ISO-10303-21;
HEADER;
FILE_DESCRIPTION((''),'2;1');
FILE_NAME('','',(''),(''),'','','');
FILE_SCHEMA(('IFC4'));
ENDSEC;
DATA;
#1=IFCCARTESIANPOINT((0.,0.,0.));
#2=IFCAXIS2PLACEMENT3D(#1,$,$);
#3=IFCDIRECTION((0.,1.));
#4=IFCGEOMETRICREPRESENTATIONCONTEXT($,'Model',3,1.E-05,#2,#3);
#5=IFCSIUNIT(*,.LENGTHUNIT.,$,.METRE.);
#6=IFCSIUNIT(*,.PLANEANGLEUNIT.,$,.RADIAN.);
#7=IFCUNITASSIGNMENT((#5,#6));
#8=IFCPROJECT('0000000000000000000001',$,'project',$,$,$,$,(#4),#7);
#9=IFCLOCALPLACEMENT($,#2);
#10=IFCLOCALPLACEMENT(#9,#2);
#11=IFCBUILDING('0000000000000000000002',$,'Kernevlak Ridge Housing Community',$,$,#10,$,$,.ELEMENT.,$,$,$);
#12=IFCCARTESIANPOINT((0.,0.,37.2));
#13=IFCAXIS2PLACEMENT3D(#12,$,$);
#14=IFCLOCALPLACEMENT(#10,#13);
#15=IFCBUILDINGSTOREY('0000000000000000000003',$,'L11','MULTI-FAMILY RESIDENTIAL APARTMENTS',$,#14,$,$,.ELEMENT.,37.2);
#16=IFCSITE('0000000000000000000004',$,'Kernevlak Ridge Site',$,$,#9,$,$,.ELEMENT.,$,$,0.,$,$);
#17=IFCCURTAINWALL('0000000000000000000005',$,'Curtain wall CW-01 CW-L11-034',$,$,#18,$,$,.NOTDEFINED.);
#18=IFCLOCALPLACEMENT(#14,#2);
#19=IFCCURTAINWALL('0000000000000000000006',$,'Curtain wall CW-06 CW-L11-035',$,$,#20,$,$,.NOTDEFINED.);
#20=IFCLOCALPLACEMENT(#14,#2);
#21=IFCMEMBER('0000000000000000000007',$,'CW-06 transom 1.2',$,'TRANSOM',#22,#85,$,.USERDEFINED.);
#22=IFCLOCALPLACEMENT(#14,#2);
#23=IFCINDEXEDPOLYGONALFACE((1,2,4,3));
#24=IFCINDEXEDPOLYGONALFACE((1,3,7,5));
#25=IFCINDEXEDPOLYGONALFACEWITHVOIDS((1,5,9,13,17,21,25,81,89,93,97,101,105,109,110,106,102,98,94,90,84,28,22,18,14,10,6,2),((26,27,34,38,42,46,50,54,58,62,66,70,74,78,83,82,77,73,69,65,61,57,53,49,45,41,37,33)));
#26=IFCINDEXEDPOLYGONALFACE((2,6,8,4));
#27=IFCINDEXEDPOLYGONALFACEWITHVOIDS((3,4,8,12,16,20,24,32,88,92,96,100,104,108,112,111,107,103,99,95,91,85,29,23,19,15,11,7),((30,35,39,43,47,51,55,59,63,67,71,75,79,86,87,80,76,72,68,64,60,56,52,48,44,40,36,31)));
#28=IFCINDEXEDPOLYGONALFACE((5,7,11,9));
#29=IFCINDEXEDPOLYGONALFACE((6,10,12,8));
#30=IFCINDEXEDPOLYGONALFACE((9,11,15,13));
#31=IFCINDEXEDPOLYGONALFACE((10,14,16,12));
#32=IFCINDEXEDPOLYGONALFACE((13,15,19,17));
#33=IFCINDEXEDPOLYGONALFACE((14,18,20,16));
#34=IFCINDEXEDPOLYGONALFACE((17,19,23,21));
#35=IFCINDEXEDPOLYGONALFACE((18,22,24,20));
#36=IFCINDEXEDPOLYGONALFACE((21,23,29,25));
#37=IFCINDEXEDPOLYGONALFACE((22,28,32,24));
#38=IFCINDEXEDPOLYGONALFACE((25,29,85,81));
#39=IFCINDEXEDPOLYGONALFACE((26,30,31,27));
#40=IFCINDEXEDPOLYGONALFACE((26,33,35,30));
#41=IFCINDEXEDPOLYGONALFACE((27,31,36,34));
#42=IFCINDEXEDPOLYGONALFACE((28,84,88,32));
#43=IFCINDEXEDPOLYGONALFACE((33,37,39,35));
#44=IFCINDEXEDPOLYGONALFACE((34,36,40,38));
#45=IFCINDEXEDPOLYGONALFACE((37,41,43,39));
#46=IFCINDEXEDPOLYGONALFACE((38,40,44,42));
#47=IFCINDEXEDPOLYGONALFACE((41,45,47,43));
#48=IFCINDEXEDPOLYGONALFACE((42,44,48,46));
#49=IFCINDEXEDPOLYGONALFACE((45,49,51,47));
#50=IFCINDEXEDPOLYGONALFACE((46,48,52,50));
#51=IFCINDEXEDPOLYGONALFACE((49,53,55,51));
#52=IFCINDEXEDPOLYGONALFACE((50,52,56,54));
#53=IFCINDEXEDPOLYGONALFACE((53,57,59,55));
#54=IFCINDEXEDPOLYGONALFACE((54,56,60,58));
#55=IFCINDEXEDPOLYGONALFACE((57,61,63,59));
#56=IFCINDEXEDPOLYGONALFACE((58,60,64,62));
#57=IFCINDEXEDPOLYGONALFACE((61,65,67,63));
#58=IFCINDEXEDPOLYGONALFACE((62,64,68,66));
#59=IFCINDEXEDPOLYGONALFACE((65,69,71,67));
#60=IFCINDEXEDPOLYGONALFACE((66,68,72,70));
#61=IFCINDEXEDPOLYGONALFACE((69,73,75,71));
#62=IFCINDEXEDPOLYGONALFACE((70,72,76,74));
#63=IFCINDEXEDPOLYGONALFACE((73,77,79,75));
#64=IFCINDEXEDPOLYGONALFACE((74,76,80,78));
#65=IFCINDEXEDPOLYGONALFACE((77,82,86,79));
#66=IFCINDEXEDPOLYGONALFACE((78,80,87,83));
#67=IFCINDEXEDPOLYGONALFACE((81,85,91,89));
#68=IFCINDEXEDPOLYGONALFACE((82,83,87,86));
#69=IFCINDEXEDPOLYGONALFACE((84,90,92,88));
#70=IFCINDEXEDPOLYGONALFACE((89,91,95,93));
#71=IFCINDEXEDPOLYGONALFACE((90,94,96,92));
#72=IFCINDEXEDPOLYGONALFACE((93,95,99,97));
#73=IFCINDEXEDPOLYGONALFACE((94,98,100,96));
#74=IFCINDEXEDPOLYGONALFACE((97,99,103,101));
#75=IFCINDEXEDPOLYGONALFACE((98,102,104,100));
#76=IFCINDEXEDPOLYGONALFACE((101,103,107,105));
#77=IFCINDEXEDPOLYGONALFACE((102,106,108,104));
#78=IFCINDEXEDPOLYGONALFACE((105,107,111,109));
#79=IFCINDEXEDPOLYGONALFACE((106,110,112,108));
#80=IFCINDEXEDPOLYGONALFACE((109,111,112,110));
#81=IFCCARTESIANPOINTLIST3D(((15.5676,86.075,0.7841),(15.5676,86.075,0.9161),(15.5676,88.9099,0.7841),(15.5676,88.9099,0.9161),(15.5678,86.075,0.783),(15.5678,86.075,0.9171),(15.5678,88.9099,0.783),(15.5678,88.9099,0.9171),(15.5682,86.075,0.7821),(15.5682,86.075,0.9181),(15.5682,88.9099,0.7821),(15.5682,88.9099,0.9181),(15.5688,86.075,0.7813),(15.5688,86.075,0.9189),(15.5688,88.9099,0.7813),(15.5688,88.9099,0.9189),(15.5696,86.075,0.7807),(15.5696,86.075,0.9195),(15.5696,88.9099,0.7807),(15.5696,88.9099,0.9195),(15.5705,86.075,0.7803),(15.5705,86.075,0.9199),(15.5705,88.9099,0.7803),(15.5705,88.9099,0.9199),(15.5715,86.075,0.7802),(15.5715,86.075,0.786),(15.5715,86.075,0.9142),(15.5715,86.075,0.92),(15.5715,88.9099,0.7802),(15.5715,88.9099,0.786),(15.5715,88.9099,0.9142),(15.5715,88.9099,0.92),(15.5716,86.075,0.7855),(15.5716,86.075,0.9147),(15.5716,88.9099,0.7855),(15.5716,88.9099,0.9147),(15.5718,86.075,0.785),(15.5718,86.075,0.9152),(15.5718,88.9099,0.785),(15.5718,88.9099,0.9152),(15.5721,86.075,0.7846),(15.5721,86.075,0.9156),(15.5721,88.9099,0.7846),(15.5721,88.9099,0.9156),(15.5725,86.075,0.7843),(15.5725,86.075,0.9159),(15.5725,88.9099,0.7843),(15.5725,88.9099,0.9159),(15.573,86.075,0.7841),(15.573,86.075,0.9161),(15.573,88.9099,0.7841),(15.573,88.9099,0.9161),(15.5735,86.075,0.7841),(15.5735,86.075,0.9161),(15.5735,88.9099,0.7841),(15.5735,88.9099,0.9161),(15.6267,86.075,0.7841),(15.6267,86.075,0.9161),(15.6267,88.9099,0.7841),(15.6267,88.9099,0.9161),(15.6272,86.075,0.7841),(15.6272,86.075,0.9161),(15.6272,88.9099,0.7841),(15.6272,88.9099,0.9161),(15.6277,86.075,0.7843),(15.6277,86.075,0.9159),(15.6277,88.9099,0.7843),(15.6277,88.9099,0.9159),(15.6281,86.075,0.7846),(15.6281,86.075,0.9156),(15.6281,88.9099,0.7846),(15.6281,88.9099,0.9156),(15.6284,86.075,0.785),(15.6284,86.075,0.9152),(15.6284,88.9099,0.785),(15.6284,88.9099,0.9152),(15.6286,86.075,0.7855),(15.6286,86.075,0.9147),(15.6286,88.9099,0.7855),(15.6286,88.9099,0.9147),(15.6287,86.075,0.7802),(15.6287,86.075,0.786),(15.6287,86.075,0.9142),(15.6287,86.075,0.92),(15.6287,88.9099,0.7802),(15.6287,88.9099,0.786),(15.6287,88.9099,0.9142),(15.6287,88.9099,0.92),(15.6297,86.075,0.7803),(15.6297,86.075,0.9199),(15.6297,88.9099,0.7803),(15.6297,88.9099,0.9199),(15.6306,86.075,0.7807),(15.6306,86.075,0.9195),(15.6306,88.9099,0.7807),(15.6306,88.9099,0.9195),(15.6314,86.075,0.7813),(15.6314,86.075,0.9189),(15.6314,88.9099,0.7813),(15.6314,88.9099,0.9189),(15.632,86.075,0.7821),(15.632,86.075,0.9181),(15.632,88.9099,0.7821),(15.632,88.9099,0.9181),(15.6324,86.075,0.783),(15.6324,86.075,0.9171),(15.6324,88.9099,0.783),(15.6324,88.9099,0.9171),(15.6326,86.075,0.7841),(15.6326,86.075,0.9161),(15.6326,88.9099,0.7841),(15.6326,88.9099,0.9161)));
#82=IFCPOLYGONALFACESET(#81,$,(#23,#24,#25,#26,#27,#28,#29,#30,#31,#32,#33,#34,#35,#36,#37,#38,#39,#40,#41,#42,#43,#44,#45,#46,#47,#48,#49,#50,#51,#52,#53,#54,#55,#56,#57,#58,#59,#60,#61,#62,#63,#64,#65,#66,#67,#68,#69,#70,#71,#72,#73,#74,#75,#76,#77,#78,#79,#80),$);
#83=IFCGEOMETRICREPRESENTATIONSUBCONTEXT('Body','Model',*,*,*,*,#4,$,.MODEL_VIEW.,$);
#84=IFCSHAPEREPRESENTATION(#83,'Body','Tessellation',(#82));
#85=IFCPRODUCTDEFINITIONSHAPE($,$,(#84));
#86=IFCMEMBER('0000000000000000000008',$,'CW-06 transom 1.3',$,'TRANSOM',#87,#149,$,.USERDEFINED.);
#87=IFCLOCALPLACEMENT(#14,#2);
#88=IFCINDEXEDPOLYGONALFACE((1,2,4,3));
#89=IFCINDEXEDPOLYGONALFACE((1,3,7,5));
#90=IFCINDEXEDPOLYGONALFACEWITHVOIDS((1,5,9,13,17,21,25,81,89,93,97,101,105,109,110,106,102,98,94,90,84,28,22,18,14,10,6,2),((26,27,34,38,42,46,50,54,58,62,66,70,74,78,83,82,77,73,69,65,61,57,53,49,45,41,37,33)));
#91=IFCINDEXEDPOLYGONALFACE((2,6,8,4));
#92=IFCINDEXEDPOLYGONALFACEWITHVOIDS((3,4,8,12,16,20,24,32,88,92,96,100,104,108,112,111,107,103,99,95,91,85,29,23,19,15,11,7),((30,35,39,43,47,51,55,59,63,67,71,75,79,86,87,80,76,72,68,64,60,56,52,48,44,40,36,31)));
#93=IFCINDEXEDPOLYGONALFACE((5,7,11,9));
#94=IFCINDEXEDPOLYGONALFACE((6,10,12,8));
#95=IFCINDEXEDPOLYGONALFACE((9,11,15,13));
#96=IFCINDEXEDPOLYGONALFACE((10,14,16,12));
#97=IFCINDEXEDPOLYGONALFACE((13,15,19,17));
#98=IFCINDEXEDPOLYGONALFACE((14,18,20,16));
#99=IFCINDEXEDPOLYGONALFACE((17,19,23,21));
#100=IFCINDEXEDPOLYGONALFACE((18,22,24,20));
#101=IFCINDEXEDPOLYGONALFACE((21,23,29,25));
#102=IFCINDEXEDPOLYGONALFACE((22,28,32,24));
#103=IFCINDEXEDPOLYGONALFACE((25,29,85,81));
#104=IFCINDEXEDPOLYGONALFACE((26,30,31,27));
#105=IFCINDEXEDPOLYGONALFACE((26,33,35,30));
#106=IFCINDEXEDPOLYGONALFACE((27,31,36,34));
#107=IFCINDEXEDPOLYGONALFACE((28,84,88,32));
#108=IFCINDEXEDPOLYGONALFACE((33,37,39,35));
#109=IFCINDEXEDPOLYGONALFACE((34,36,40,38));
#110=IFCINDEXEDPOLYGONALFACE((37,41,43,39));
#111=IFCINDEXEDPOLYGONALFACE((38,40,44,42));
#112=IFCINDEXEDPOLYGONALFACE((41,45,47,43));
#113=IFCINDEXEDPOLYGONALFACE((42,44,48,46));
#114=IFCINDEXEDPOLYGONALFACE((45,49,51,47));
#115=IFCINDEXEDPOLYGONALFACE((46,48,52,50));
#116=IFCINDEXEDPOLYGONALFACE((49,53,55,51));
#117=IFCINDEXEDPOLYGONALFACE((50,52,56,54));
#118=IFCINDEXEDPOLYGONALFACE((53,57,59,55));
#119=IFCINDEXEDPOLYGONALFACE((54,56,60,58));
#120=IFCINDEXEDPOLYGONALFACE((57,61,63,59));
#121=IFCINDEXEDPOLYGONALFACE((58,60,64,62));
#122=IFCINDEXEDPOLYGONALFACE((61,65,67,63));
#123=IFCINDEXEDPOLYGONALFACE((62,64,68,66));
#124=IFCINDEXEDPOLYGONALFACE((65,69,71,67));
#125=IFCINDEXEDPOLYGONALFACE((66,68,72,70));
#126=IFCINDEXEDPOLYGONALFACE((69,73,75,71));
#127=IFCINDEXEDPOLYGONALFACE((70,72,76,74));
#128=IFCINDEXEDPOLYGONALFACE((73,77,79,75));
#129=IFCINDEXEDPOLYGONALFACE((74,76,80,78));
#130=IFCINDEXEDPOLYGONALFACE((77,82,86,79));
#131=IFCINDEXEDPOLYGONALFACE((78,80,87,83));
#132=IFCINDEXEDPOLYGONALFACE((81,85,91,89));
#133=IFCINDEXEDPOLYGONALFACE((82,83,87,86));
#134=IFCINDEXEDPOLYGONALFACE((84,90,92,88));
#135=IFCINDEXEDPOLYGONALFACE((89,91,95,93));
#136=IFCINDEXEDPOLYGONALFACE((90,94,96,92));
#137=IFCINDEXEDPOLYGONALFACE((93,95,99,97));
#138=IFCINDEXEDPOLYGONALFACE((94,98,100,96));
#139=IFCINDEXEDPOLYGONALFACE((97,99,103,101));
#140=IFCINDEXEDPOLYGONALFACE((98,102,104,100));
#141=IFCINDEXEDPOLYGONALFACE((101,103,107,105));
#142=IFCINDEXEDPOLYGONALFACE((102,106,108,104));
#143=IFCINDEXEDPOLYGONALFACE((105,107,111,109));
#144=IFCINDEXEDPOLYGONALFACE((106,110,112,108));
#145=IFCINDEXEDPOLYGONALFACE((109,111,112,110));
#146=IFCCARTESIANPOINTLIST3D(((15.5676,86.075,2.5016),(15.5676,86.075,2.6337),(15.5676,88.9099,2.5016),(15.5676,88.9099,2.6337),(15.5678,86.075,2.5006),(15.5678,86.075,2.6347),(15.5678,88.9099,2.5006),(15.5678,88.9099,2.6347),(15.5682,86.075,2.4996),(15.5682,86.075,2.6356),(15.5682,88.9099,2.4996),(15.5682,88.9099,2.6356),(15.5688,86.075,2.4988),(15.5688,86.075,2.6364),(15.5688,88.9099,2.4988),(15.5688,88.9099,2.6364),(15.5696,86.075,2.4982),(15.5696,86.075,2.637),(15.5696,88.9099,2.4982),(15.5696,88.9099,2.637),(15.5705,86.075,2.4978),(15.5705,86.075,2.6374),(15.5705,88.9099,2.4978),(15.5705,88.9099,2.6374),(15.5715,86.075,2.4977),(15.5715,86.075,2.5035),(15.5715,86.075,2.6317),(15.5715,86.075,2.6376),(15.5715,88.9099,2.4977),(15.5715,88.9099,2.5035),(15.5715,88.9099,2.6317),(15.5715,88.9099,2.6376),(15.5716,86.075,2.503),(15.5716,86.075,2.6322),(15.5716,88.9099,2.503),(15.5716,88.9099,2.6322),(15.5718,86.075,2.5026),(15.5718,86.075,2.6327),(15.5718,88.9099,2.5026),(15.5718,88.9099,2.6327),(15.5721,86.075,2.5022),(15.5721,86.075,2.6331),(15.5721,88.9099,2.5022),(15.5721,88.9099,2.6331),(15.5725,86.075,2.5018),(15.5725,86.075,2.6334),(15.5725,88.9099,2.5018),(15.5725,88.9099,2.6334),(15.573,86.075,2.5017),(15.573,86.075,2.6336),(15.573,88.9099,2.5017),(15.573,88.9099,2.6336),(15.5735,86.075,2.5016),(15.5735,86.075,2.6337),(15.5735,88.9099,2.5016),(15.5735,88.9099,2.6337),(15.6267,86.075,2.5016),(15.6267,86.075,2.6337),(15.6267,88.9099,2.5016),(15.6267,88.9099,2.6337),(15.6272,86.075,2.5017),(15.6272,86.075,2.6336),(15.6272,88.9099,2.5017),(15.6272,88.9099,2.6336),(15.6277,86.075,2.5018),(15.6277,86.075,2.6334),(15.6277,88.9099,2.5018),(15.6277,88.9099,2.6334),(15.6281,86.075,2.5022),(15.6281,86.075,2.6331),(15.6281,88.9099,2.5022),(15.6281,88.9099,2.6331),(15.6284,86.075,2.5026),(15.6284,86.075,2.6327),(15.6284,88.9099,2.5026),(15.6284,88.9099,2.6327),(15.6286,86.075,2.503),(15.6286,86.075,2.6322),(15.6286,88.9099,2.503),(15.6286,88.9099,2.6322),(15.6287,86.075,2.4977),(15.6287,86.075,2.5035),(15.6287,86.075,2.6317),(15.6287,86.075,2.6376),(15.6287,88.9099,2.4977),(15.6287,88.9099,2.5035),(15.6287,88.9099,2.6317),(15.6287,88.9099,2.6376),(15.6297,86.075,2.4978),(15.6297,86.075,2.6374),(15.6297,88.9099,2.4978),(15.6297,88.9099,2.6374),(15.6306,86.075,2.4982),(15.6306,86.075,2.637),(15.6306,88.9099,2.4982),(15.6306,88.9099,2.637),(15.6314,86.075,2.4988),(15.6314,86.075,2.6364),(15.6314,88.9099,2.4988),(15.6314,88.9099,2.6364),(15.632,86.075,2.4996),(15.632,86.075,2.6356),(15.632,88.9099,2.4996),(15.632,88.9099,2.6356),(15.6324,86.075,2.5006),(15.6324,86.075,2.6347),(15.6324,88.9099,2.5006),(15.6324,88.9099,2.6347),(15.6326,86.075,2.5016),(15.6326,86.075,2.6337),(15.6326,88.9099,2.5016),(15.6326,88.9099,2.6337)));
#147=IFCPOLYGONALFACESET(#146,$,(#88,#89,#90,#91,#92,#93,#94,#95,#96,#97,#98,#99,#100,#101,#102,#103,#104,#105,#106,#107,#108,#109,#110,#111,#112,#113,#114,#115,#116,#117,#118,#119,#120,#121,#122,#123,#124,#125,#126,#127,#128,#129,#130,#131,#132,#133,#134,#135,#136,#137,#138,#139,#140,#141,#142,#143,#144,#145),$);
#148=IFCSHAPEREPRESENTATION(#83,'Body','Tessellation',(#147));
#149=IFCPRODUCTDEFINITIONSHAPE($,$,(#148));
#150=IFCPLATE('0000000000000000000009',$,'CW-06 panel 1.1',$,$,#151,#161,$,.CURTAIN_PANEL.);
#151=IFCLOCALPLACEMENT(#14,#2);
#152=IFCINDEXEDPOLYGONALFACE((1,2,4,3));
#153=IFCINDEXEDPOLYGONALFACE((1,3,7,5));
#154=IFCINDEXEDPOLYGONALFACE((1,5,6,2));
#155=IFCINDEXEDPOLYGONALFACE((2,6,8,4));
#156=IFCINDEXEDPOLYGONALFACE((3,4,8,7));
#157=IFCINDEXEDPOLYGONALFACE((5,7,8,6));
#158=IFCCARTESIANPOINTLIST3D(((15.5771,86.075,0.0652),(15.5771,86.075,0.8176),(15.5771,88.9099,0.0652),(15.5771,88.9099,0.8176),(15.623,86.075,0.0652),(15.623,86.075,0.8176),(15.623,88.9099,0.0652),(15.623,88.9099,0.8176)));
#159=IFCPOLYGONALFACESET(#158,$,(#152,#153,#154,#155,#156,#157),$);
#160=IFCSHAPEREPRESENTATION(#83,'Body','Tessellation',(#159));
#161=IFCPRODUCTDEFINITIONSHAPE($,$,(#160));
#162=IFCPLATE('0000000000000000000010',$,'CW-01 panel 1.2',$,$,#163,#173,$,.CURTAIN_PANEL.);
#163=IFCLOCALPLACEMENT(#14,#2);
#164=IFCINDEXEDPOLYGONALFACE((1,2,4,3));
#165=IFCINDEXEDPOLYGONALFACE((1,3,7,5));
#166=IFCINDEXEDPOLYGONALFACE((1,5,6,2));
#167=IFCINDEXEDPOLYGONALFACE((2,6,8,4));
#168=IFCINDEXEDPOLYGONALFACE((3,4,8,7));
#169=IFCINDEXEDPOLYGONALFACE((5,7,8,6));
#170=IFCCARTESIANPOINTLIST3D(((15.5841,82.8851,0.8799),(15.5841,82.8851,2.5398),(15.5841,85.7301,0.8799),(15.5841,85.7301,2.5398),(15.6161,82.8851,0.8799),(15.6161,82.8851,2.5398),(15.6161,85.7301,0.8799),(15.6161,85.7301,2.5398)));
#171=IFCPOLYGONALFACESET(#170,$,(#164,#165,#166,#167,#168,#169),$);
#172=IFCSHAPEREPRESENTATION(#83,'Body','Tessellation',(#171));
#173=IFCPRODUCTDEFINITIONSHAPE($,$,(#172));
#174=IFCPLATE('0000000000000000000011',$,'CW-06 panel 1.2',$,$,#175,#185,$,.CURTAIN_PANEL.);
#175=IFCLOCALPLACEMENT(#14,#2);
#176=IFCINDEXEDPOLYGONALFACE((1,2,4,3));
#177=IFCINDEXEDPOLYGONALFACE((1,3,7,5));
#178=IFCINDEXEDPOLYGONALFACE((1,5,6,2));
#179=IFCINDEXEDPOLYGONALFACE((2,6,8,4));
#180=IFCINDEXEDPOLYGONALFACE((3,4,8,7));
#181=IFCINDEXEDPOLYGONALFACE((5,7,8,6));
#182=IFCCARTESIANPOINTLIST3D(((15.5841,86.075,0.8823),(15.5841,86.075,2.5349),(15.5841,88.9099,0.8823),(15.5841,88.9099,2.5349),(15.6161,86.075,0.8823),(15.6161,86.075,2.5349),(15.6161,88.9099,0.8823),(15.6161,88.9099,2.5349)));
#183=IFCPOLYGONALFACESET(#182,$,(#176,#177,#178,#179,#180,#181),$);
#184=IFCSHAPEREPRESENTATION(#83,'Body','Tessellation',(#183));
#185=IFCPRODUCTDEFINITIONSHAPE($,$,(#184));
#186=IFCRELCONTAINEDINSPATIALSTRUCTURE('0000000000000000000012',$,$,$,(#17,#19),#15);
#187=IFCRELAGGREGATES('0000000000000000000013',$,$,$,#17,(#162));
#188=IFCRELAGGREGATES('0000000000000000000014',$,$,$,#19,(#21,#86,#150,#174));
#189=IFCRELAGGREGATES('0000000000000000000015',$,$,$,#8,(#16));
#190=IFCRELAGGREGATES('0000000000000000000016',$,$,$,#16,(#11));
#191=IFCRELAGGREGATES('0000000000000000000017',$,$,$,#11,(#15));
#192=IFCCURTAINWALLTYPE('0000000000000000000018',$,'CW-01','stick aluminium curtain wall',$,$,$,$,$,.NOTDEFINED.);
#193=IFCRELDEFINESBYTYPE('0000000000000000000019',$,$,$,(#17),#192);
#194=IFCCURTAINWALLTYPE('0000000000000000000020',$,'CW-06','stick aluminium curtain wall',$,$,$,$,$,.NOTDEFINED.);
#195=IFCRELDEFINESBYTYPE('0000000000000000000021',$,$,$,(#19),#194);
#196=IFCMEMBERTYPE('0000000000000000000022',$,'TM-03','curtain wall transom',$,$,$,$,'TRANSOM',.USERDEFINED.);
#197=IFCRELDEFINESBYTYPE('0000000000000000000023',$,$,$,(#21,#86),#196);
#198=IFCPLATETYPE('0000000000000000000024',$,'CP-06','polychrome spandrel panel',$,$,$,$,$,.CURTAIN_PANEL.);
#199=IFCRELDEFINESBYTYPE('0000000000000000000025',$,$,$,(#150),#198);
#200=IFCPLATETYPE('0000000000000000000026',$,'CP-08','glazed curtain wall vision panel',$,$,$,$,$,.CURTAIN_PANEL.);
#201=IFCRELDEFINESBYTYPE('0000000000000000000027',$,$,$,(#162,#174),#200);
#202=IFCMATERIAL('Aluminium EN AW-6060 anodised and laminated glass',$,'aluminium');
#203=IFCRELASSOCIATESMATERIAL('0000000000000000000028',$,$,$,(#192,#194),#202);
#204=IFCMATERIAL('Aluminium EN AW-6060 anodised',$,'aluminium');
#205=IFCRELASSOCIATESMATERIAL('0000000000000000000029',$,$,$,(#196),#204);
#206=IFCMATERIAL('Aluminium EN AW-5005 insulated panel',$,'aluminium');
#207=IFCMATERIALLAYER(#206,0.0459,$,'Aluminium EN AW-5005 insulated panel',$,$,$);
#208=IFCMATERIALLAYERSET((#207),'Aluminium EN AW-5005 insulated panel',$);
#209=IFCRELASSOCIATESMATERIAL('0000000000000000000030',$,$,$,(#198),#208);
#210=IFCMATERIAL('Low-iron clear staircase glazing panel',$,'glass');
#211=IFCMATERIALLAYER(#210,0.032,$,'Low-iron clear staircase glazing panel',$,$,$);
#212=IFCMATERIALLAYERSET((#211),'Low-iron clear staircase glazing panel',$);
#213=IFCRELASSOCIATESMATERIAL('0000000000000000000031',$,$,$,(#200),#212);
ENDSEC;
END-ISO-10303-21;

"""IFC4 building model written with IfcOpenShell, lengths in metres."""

from ifc_helpers import new_model, si_unit, direction, frame, origin, origin_2d, place, context, subcontext, project, spatial, rectangle, hollow_rectangle, extrude, material, layer, layer_set, material_profile, profile_set, type_object, element, aggregate, save


model = new_model("IFC4")

# Units and contexts
model_context = context("Model", 3, precision=1e-05, world=origin(), true_north=direction((0.0, 1.0)))
body_context = subcontext(model_context, "Body", "Model", "MODEL_VIEW")
ifc_project = project(units=[si_unit("LENGTHUNIT", "METRE"), si_unit("PLANEANGLEUNIT", "RADIAN")], contexts=[model_context])

# Site, building, storey
site_placement = place(None, origin())
site = spatial("IfcSite", under=ifc_project, at=site_placement, Name="Kernevlak Ridge Site", CompositionType="ELEMENT", RefElevation=0.0)
building_placement = place(site_placement, origin())
building = spatial("IfcBuilding", under=site, at=building_placement, Name="Kernevlak Ridge Housing Community", CompositionType="ELEMENT")
storey_placement = place(building_placement, frame((0.0, 0.0, 37.2)))
storey = spatial("IfcBuildingStorey", under=building, at=storey_placement, Name="L11", Description="MULTI-FAMILY RESIDENTIAL APARTMENTS", CompositionType="ELEMENT", Elevation=37.2)

# Curtain wall
ifc_material_1 = material(Name="Aluminium EN AW-6060 anodised and laminated glass", Category="aluminium")
curtain_wall_type_1 = type_object("IfcCurtainWallType", Name="CW-01", Description="stick aluminium curtain wall", PredefinedType="NOTDEFINED", material=ifc_material_1)
curtain_wall_1_placement = place(storey_placement, origin())
curtain_wall_1 = element("IfcCurtainWall", 1, at=curtain_wall_1_placement, inside=storey, type_object=curtain_wall_type_1, Name="Curtain wall CW-01 CW-L11-034", PredefinedType="NOTDEFINED")
ifc_material_2 = material(Name="Aluminium EN AW-6060 anodised", Category="aluminium")

# Curtain wall, members, plate
curtain_wall_type_2 = type_object("IfcCurtainWallType", Name="CW-06", Description="stick aluminium curtain wall", PredefinedType="NOTDEFINED", material=ifc_material_1)
curtain_wall_2_placement = place(storey_placement, origin())
curtain_wall_2 = element("IfcCurtainWall", 2, at=curtain_wall_2_placement, inside=storey, type_object=curtain_wall_type_2, Name="Curtain wall CW-06 CW-L11-035", PredefinedType="NOTDEFINED")
ifc_material_profile_1 = material_profile(ifc_material_2, hollow_rectangle(XDim=0.0649, YDim=0.1399, WallThickness=0.0039, InnerFilletRadius=0.002, OuterFilletRadius=0.0039, at=origin_2d()), Name="ALU 65x140x4")
ifc_profile_set_1 = profile_set([ifc_material_profile_1], Name="Aluminium EN AW-6060 anodised")
member_type_1 = type_object("IfcMemberType", Name="TM-03", Description="curtain wall transom", ElementType="TRANSOM", PredefinedType="USERDEFINED", material=ifc_profile_set_1)
member_1_placement = place(storey_placement, frame((15.6001, 86.075, 0.8501), z_axis=(0.0, 1.0, 0.0), x_axis=(-1.0, 0.0, 0.0)))
member_1 = element("IfcMember", 3, at=member_1_placement, type_object=member_type_1, Name="CW-06 transom 1.2", ObjectType="TRANSOM", PredefinedType="USERDEFINED", context=body_context, shape_type="SweptSolid", body=[
    extrude(hollow_rectangle(XDim=0.0649, YDim=0.1399, WallThickness=0.0039, InnerFilletRadius=0.002, OuterFilletRadius=0.0039, at=origin_2d()), origin(), (0.0, 0.0, 1.0), 2.835),
])
member_2_placement = place(storey_placement, frame((15.6001, 86.075, 2.5676), z_axis=(0.0, 1.0, 0.0), x_axis=(-1.0, 0.0, 0.0)))
member_2 = element("IfcMember", 4, at=member_2_placement, type_object=member_type_1, Name="CW-06 transom 1.3", ObjectType="TRANSOM", PredefinedType="USERDEFINED", context=body_context, shape_type="SweptSolid", body=[
    extrude(hollow_rectangle(XDim=0.0649, YDim=0.1399, WallThickness=0.0039, InnerFilletRadius=0.002, OuterFilletRadius=0.0039, at=origin_2d()), origin(), (0.0, 0.0, 1.0), 2.835),
])
ifc_material_3 = material(Name="Aluminium EN AW-5005 insulated panel", Category="aluminium")
ifc_layer_1 = layer(ifc_material_3, 0.0459, Name="Aluminium EN AW-5005 insulated panel")
ifc_layer_set_1 = layer_set([ifc_layer_1], Name="Aluminium EN AW-5005 insulated panel")
plate_type_1 = type_object("IfcPlateType", Name="CP-06", Description="polychrome spandrel panel", PredefinedType="CURTAIN_PANEL", material=ifc_layer_set_1)
plate_1_placement = place(storey_placement, frame((15.6001, 87.4924, 0.0652), z_axis=(0.0, 0.0, 1.0), x_axis=(0.0, 1.0, 0.0)))
plate_1 = element("IfcPlate", 5, at=plate_1_placement, type_object=plate_type_1, Name="CW-06 panel 1.1", PredefinedType="CURTAIN_PANEL", context=body_context, shape_type="SweptSolid", body=[
    extrude(rectangle(XDim=2.835, YDim=0.0459, at=origin_2d()), origin(), (0.0, 0.0, 1.0), 0.7524),
])

# Plates
ifc_material_4 = material(Name="Low-iron clear staircase glazing panel", Category="glass")
ifc_layer_2 = layer(ifc_material_4, 0.032, Name="Low-iron clear staircase glazing panel")
ifc_layer_set_2 = layer_set([ifc_layer_2], Name="Low-iron clear staircase glazing panel")
plate_type_2 = type_object("IfcPlateType", Name="CP-08", Description="glazed curtain wall vision panel", PredefinedType="CURTAIN_PANEL", material=ifc_layer_set_2)
plate_2_placement = place(storey_placement, frame((15.6001, 84.3076, 0.8799), z_axis=(0.0, 0.0, 1.0), x_axis=(0.0, 1.0, 0.0)))
plate_2 = element("IfcPlate", 6, at=plate_2_placement, type_object=plate_type_2, Name="CW-01 panel 1.2", PredefinedType="CURTAIN_PANEL", context=body_context, shape_type="SweptSolid", body=[
    extrude(rectangle(XDim=2.845, YDim=0.032, at=origin_2d()), origin(), (0.0, 0.0, 1.0), 1.6599),
])
aggregate(curtain_wall_1, [plate_2])
plate_3_placement = place(storey_placement, frame((15.6001, 87.4924, 0.8823), z_axis=(0.0, 0.0, 1.0), x_axis=(0.0, 1.0, 0.0)))
plate_3 = element("IfcPlate", 7, at=plate_3_placement, type_object=plate_type_2, Name="CW-06 panel 1.2", PredefinedType="CURTAIN_PANEL", context=body_context, shape_type="SweptSolid", body=[
    extrude(rectangle(XDim=2.835, YDim=0.032, at=origin_2d()), origin(), (0.0, 0.0, 1.0), 1.6526),
])
aggregate(curtain_wall_2, [member_1, member_2, plate_1, plate_3])

save(model, "model.ifc")
